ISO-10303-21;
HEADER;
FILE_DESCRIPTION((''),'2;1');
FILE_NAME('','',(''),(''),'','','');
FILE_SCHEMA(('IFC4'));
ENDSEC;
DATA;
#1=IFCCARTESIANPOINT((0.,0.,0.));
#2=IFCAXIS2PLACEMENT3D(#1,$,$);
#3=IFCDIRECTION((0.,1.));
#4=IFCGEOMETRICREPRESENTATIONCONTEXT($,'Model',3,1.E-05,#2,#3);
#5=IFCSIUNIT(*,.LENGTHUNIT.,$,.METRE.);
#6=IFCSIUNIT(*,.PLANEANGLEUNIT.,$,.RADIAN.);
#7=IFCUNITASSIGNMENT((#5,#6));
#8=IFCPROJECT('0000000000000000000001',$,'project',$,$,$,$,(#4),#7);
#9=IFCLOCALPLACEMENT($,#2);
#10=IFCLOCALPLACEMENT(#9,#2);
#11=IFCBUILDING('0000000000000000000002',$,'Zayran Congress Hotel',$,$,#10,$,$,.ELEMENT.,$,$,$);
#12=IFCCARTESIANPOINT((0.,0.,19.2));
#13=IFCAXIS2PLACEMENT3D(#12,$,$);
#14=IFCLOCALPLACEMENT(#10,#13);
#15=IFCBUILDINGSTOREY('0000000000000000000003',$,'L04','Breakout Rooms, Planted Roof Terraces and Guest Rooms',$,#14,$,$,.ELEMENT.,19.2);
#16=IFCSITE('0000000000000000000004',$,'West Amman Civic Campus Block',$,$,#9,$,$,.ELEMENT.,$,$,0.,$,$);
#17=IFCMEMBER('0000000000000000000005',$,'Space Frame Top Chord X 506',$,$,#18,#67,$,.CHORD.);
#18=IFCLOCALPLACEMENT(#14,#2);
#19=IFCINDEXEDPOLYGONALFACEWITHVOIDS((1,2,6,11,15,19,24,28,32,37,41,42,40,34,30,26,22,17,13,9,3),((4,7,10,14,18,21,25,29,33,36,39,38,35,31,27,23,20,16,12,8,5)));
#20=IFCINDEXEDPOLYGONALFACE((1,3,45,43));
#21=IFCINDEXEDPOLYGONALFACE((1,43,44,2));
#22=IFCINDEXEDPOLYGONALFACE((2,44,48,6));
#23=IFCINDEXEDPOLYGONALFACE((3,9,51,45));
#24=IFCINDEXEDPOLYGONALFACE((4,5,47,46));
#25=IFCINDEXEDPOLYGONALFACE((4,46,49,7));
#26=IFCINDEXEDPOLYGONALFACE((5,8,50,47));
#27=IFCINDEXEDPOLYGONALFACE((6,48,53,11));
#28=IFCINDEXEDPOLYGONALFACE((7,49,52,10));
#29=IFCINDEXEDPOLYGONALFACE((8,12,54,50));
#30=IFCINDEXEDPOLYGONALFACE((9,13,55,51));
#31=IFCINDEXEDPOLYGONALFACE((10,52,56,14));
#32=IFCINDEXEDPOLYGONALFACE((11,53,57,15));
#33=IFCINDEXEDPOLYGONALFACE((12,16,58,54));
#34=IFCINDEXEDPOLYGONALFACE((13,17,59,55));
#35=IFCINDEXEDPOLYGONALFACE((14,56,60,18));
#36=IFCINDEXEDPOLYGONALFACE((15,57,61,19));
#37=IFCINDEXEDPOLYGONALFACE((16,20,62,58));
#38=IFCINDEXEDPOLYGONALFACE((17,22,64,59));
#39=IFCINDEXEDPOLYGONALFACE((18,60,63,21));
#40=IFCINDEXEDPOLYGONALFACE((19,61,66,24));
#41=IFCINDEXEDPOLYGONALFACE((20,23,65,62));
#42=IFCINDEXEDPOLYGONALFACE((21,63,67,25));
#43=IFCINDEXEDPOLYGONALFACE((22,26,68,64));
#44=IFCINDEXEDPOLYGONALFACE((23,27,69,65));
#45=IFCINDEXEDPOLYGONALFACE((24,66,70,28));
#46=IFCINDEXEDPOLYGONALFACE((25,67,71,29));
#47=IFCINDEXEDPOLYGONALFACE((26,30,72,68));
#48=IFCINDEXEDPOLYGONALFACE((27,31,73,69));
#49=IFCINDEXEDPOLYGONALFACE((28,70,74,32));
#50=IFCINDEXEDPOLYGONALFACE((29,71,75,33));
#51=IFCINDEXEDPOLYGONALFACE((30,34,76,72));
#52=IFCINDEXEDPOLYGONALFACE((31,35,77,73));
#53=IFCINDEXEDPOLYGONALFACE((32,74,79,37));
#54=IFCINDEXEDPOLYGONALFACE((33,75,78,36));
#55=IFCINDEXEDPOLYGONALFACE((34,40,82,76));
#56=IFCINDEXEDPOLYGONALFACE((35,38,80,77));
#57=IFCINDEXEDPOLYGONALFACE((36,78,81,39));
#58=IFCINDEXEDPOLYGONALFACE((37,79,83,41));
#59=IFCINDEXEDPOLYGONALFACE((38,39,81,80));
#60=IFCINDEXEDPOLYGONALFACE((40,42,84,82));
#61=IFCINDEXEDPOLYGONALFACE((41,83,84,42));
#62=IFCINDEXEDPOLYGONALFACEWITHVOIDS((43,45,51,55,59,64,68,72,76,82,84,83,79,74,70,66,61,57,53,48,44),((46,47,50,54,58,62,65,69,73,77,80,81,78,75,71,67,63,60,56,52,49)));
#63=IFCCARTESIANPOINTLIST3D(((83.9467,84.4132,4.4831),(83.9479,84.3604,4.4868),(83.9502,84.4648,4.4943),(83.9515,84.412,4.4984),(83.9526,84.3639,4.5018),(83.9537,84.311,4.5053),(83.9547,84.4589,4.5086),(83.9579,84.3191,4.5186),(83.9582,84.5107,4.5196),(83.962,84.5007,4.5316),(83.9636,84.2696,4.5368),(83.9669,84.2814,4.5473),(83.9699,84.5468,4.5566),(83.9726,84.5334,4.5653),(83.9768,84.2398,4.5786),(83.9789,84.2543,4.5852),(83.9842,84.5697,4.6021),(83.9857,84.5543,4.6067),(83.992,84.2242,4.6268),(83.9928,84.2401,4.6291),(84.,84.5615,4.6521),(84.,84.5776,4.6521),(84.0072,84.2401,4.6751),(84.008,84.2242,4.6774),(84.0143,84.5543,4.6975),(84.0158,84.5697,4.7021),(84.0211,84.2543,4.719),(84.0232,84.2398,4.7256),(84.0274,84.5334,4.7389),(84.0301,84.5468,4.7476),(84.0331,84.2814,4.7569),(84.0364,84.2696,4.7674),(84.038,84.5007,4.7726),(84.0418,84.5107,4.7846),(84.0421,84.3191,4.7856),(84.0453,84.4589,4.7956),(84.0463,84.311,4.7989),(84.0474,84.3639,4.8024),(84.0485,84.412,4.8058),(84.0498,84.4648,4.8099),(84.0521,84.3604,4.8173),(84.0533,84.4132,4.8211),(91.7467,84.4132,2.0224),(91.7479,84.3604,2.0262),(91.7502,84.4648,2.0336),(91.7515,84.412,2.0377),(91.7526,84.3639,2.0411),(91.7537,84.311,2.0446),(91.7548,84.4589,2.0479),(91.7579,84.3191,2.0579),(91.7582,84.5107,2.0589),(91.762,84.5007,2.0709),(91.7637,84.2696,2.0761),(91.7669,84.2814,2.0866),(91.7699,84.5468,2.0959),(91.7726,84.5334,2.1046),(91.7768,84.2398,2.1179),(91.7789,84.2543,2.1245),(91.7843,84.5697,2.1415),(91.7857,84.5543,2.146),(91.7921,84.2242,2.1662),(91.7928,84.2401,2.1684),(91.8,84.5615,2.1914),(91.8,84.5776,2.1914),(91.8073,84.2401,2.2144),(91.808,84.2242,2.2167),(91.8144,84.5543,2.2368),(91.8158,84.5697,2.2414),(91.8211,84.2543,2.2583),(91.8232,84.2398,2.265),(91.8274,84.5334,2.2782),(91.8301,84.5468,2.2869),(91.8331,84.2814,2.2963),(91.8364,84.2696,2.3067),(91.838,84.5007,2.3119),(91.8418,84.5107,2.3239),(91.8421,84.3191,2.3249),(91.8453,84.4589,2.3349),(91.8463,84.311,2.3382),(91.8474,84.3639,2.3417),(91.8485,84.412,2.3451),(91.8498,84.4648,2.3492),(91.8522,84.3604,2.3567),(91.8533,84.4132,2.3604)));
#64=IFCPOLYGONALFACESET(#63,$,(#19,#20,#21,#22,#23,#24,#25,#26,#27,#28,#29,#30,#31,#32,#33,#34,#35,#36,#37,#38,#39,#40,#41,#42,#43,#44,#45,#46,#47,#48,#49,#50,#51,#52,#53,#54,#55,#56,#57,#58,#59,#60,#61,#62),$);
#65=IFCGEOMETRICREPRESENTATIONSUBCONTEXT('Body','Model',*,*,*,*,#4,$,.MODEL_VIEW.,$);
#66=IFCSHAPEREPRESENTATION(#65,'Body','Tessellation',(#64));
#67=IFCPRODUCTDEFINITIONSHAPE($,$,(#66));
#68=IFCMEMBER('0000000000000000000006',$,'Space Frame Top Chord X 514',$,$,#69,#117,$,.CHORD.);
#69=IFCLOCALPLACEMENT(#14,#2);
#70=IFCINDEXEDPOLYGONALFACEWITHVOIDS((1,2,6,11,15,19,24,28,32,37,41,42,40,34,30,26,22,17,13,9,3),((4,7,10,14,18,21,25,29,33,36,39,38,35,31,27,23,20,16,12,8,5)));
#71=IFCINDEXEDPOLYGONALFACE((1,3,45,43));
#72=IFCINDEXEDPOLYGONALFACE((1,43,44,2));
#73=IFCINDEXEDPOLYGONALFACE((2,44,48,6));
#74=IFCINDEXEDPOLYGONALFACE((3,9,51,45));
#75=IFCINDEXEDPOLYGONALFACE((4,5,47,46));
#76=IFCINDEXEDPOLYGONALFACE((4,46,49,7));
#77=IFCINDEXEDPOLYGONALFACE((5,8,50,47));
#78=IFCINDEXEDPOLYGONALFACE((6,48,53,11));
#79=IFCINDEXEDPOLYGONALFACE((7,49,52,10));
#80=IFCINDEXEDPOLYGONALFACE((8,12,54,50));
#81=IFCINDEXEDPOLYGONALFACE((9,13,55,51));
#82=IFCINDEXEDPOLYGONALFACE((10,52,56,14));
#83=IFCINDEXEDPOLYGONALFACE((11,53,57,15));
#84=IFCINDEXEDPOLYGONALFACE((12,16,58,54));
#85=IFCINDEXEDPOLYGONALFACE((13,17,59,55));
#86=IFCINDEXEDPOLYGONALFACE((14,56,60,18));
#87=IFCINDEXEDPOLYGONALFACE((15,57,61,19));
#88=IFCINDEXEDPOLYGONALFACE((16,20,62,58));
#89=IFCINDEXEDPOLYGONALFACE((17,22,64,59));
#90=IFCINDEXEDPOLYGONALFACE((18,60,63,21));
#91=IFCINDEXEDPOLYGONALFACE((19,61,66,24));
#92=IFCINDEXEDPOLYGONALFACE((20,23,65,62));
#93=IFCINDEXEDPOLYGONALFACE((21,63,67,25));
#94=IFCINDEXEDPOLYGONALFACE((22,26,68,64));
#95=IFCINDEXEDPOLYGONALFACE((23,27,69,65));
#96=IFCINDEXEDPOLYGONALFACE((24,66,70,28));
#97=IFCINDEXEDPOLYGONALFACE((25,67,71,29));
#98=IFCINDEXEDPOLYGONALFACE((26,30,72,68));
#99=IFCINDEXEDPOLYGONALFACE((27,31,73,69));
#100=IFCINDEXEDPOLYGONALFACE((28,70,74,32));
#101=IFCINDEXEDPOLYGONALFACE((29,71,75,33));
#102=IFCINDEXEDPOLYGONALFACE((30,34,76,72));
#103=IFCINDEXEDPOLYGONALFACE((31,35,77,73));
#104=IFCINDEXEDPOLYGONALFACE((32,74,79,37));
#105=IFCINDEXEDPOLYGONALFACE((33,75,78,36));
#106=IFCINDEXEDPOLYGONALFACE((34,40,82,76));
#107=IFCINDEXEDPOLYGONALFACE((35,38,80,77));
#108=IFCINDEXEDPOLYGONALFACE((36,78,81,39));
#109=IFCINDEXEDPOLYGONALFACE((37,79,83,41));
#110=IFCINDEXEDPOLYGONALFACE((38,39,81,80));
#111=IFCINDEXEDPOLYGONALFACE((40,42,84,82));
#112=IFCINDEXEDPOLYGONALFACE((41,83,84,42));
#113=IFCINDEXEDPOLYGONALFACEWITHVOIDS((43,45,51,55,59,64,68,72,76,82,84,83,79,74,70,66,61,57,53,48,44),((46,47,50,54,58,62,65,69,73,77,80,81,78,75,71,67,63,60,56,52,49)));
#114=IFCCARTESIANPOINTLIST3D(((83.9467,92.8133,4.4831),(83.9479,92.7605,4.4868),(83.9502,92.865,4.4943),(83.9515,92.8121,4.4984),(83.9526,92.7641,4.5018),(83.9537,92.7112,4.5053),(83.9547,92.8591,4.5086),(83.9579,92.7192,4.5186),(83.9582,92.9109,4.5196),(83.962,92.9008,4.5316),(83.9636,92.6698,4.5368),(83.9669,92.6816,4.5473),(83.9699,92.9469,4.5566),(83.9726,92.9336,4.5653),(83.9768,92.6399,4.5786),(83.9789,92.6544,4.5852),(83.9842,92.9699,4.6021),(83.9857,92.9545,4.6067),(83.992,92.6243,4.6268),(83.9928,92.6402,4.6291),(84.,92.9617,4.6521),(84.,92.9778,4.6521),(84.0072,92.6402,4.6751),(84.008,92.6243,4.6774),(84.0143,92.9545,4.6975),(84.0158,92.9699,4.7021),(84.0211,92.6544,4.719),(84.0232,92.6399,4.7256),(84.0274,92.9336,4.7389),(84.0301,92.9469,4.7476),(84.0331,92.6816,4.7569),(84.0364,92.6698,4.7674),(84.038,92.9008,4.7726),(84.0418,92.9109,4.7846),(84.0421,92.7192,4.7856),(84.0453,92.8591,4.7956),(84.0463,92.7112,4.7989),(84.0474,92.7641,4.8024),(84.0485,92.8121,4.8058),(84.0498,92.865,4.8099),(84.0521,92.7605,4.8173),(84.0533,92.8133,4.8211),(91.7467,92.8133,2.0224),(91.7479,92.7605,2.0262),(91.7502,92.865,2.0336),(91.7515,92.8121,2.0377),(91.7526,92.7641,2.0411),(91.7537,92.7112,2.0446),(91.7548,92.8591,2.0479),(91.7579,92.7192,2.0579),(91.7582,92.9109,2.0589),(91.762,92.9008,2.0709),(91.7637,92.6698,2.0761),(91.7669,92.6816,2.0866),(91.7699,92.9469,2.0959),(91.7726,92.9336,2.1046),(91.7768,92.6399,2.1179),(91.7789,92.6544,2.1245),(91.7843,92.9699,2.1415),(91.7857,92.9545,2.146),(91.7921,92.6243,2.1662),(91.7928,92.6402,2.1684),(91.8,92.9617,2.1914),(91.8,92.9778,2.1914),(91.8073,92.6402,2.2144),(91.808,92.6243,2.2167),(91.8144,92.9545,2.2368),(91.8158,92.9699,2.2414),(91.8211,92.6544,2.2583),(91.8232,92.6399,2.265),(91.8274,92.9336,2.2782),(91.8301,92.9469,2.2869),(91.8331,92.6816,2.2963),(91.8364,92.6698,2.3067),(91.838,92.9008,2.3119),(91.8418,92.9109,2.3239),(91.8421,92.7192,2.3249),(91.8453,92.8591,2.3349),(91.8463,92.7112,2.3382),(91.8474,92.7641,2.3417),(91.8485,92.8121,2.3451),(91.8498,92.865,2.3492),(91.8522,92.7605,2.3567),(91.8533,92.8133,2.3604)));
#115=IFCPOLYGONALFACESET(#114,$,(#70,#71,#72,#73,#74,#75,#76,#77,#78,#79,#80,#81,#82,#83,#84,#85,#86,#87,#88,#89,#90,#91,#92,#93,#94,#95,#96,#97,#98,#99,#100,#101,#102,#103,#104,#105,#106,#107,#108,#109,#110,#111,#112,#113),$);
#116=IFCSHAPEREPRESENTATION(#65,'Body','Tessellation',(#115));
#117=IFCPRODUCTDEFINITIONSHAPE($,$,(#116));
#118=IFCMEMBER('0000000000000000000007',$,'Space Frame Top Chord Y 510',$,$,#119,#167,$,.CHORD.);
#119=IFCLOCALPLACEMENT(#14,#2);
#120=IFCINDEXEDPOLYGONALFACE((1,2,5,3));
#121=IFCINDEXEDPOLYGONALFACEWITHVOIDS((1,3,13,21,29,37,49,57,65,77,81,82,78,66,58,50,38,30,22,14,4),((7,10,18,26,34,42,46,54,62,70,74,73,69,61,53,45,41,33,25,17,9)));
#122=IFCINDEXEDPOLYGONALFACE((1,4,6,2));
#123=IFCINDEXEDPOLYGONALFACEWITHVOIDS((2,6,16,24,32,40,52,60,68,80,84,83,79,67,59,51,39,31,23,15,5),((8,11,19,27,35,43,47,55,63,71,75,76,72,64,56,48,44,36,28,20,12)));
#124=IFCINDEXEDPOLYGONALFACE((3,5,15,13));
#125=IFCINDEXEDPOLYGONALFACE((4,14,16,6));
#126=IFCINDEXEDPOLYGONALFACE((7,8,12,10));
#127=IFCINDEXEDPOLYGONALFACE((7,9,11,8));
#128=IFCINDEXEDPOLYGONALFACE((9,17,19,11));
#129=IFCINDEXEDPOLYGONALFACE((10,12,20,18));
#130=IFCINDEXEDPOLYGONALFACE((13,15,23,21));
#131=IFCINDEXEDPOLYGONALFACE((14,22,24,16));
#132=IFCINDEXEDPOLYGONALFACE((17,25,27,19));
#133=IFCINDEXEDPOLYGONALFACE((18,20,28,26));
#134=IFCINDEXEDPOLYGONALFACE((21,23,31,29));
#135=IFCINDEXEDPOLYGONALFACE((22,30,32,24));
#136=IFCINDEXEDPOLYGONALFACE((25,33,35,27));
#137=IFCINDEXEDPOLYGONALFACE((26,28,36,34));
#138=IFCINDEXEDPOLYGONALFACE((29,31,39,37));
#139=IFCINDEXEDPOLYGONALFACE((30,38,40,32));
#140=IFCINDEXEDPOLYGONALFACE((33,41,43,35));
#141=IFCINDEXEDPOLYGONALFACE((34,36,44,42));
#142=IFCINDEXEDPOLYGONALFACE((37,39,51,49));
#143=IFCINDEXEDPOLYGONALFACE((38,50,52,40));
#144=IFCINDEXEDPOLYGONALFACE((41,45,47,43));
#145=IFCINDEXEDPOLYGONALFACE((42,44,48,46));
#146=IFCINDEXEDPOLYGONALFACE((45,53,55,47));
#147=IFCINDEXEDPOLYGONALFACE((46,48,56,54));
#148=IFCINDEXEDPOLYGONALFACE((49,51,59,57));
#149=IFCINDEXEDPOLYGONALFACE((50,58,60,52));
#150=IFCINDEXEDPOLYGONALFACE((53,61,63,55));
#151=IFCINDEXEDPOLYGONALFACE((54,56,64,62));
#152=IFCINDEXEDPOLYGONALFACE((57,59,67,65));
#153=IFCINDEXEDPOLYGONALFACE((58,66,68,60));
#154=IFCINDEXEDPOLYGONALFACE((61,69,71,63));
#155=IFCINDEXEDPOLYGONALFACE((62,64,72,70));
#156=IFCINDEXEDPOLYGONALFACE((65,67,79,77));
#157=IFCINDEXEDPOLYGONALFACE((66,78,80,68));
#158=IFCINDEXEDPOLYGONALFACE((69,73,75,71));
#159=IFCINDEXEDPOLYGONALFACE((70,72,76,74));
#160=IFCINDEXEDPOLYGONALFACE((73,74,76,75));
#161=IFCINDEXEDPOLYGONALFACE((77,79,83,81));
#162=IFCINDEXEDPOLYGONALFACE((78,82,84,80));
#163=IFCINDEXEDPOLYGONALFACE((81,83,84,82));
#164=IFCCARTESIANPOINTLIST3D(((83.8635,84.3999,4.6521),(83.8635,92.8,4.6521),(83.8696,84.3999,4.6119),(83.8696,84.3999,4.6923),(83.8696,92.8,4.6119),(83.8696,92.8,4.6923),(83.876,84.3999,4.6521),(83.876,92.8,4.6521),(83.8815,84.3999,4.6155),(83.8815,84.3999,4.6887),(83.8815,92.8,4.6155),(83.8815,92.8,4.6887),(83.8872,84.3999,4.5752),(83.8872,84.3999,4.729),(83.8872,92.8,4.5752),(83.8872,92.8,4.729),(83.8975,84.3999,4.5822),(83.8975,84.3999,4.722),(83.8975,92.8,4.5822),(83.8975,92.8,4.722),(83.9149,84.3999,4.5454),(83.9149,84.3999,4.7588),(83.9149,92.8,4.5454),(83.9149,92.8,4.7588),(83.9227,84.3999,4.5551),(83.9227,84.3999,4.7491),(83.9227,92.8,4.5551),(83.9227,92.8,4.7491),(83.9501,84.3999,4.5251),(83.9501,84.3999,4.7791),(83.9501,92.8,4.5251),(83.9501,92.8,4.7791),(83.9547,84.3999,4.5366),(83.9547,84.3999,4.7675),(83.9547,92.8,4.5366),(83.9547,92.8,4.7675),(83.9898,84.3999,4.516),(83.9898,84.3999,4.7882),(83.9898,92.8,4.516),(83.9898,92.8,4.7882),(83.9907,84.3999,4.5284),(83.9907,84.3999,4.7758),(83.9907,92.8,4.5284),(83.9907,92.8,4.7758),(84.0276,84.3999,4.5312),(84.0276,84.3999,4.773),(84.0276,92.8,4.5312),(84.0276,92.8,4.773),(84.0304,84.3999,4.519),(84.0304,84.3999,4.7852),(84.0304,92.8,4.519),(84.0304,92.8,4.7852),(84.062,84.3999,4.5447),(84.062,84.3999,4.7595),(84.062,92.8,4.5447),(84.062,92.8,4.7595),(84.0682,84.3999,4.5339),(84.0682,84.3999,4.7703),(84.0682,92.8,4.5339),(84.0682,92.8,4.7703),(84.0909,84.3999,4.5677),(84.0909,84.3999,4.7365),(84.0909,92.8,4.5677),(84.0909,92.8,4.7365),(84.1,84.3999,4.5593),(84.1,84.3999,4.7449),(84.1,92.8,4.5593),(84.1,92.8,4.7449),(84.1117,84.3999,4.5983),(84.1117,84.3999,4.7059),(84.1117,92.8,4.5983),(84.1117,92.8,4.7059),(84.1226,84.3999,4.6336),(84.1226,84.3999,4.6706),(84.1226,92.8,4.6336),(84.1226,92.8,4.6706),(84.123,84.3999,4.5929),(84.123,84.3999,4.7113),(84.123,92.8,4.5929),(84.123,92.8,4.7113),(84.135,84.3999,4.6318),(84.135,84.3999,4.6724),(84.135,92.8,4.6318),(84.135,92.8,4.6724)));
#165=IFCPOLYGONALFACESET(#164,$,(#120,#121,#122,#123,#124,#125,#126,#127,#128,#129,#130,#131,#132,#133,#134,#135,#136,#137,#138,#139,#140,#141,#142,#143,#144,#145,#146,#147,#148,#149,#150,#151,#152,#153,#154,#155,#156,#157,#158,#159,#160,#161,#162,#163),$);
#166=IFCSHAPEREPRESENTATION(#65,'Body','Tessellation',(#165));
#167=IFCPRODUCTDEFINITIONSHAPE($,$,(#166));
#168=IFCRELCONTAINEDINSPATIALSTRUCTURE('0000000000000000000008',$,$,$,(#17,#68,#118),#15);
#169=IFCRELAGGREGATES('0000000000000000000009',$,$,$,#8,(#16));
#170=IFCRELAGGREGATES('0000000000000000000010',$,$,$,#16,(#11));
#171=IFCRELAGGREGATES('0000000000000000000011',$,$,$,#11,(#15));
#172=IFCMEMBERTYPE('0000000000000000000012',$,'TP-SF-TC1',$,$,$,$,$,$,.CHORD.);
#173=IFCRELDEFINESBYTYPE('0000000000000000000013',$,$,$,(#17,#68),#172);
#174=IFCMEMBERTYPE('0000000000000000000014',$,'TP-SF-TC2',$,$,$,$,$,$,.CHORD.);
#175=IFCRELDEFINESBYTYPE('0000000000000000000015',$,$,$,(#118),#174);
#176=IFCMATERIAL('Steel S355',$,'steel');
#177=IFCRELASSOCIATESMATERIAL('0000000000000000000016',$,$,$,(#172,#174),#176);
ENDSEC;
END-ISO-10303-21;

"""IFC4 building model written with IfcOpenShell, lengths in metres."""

from ifc_helpers import new_model, si_unit, direction, frame, origin, origin_2d, place, context, subcontext, project, spatial, hollow_circle, extrude, material, material_profile, profile_set, type_object, element, save


model = new_model("IFC4")

# Units and contexts
model_context = context("Model", 3, precision=1e-05, world=origin(), true_north=direction((0.0, 1.0)))
body_context = subcontext(model_context, "Body", "Model", "MODEL_VIEW")
ifc_project = project(units=[si_unit("LENGTHUNIT", "METRE"), si_unit("PLANEANGLEUNIT", "RADIAN")], contexts=[model_context])

# Site, building, storey
site_placement = place(None, origin())
site = spatial("IfcSite", under=ifc_project, at=site_placement, Name="West Amman Civic Campus Block", CompositionType="ELEMENT", RefElevation=0.0)
building_placement = place(site_placement, origin())
building = spatial("IfcBuilding", under=site, at=building_placement, Name="Zayran Congress Hotel", CompositionType="ELEMENT")
storey_placement = place(building_placement, frame((0.0, 0.0, 19.2)))
storey = spatial("IfcBuildingStorey", under=building, at=storey_placement, Name="L04", Description="Breakout Rooms, Planted Roof Terraces and Guest Rooms", CompositionType="ELEMENT", Elevation=19.2)

# Members
ifc_material_1 = material(Name="Steel S355", Category="steel")
ifc_material_profile_1 = material_profile(ifc_material_1, hollow_circle(Radius=0.1777, WallThickness=0.0161, at=origin_2d()), Name="CHS 355.6x16")
ifc_profile_set_1 = profile_set([ifc_material_profile_1], Name="Steel S355")
member_type_1 = type_object("IfcMemberType", Name="TP-SF-TC1", PredefinedType="CHORD", material=ifc_profile_set_1)
for number, where, z_axis, x_axis, name in (
    (1, (84.0, 84.3999, 4.6521), (0.95367, 0.0, -0.300856), (0.0, 1.0, 0.0), "Space Frame Top Chord X 506"),
    (2, (84.0, 92.8, 4.6521), (0.95367, 0.0, -0.300856), (0.0, 1.0, 0.0), "Space Frame Top Chord X 514"),
):
    element("IfcMember", number, at=place(storey_placement, frame(where, z_axis=z_axis, x_axis=x_axis)), inside=storey, type_object=member_type_1, Name=name, PredefinedType="CHORD", context=body_context, shape_type="SweptSolid", body=[
        extrude(hollow_circle(Radius=0.1777, WallThickness=0.0161, at=origin_2d()), origin(), (0.0, 0.0, 1.0), 8.179),
    ])
ifc_material_profile_2 = material_profile(ifc_material_1, hollow_circle(Radius=0.1365, WallThickness=0.0125, at=origin_2d()), Name="CHS 273x12.5")
ifc_profile_set_2 = profile_set([ifc_material_profile_2], Name="Steel S355")
member_type_2 = type_object("IfcMemberType", Name="TP-SF-TC2", PredefinedType="CHORD", material=ifc_profile_set_2)
member_1_placement = place(storey_placement, frame((84.0, 84.3999, 4.6521), z_axis=(0.0, 1.0, 0.0), x_axis=(-1.0, 0.0, 0.0)))
element("IfcMember", 3, at=member_1_placement, inside=storey, type_object=member_type_2, Name="Space Frame Top Chord Y 510", PredefinedType="CHORD", context=body_context, shape_type="SweptSolid", body=[
    extrude(hollow_circle(Radius=0.1365, WallThickness=0.0125, at=origin_2d()), origin(), (0.0, 0.0, 1.0), 8.4001),
])

save(model, "model.ifc")
